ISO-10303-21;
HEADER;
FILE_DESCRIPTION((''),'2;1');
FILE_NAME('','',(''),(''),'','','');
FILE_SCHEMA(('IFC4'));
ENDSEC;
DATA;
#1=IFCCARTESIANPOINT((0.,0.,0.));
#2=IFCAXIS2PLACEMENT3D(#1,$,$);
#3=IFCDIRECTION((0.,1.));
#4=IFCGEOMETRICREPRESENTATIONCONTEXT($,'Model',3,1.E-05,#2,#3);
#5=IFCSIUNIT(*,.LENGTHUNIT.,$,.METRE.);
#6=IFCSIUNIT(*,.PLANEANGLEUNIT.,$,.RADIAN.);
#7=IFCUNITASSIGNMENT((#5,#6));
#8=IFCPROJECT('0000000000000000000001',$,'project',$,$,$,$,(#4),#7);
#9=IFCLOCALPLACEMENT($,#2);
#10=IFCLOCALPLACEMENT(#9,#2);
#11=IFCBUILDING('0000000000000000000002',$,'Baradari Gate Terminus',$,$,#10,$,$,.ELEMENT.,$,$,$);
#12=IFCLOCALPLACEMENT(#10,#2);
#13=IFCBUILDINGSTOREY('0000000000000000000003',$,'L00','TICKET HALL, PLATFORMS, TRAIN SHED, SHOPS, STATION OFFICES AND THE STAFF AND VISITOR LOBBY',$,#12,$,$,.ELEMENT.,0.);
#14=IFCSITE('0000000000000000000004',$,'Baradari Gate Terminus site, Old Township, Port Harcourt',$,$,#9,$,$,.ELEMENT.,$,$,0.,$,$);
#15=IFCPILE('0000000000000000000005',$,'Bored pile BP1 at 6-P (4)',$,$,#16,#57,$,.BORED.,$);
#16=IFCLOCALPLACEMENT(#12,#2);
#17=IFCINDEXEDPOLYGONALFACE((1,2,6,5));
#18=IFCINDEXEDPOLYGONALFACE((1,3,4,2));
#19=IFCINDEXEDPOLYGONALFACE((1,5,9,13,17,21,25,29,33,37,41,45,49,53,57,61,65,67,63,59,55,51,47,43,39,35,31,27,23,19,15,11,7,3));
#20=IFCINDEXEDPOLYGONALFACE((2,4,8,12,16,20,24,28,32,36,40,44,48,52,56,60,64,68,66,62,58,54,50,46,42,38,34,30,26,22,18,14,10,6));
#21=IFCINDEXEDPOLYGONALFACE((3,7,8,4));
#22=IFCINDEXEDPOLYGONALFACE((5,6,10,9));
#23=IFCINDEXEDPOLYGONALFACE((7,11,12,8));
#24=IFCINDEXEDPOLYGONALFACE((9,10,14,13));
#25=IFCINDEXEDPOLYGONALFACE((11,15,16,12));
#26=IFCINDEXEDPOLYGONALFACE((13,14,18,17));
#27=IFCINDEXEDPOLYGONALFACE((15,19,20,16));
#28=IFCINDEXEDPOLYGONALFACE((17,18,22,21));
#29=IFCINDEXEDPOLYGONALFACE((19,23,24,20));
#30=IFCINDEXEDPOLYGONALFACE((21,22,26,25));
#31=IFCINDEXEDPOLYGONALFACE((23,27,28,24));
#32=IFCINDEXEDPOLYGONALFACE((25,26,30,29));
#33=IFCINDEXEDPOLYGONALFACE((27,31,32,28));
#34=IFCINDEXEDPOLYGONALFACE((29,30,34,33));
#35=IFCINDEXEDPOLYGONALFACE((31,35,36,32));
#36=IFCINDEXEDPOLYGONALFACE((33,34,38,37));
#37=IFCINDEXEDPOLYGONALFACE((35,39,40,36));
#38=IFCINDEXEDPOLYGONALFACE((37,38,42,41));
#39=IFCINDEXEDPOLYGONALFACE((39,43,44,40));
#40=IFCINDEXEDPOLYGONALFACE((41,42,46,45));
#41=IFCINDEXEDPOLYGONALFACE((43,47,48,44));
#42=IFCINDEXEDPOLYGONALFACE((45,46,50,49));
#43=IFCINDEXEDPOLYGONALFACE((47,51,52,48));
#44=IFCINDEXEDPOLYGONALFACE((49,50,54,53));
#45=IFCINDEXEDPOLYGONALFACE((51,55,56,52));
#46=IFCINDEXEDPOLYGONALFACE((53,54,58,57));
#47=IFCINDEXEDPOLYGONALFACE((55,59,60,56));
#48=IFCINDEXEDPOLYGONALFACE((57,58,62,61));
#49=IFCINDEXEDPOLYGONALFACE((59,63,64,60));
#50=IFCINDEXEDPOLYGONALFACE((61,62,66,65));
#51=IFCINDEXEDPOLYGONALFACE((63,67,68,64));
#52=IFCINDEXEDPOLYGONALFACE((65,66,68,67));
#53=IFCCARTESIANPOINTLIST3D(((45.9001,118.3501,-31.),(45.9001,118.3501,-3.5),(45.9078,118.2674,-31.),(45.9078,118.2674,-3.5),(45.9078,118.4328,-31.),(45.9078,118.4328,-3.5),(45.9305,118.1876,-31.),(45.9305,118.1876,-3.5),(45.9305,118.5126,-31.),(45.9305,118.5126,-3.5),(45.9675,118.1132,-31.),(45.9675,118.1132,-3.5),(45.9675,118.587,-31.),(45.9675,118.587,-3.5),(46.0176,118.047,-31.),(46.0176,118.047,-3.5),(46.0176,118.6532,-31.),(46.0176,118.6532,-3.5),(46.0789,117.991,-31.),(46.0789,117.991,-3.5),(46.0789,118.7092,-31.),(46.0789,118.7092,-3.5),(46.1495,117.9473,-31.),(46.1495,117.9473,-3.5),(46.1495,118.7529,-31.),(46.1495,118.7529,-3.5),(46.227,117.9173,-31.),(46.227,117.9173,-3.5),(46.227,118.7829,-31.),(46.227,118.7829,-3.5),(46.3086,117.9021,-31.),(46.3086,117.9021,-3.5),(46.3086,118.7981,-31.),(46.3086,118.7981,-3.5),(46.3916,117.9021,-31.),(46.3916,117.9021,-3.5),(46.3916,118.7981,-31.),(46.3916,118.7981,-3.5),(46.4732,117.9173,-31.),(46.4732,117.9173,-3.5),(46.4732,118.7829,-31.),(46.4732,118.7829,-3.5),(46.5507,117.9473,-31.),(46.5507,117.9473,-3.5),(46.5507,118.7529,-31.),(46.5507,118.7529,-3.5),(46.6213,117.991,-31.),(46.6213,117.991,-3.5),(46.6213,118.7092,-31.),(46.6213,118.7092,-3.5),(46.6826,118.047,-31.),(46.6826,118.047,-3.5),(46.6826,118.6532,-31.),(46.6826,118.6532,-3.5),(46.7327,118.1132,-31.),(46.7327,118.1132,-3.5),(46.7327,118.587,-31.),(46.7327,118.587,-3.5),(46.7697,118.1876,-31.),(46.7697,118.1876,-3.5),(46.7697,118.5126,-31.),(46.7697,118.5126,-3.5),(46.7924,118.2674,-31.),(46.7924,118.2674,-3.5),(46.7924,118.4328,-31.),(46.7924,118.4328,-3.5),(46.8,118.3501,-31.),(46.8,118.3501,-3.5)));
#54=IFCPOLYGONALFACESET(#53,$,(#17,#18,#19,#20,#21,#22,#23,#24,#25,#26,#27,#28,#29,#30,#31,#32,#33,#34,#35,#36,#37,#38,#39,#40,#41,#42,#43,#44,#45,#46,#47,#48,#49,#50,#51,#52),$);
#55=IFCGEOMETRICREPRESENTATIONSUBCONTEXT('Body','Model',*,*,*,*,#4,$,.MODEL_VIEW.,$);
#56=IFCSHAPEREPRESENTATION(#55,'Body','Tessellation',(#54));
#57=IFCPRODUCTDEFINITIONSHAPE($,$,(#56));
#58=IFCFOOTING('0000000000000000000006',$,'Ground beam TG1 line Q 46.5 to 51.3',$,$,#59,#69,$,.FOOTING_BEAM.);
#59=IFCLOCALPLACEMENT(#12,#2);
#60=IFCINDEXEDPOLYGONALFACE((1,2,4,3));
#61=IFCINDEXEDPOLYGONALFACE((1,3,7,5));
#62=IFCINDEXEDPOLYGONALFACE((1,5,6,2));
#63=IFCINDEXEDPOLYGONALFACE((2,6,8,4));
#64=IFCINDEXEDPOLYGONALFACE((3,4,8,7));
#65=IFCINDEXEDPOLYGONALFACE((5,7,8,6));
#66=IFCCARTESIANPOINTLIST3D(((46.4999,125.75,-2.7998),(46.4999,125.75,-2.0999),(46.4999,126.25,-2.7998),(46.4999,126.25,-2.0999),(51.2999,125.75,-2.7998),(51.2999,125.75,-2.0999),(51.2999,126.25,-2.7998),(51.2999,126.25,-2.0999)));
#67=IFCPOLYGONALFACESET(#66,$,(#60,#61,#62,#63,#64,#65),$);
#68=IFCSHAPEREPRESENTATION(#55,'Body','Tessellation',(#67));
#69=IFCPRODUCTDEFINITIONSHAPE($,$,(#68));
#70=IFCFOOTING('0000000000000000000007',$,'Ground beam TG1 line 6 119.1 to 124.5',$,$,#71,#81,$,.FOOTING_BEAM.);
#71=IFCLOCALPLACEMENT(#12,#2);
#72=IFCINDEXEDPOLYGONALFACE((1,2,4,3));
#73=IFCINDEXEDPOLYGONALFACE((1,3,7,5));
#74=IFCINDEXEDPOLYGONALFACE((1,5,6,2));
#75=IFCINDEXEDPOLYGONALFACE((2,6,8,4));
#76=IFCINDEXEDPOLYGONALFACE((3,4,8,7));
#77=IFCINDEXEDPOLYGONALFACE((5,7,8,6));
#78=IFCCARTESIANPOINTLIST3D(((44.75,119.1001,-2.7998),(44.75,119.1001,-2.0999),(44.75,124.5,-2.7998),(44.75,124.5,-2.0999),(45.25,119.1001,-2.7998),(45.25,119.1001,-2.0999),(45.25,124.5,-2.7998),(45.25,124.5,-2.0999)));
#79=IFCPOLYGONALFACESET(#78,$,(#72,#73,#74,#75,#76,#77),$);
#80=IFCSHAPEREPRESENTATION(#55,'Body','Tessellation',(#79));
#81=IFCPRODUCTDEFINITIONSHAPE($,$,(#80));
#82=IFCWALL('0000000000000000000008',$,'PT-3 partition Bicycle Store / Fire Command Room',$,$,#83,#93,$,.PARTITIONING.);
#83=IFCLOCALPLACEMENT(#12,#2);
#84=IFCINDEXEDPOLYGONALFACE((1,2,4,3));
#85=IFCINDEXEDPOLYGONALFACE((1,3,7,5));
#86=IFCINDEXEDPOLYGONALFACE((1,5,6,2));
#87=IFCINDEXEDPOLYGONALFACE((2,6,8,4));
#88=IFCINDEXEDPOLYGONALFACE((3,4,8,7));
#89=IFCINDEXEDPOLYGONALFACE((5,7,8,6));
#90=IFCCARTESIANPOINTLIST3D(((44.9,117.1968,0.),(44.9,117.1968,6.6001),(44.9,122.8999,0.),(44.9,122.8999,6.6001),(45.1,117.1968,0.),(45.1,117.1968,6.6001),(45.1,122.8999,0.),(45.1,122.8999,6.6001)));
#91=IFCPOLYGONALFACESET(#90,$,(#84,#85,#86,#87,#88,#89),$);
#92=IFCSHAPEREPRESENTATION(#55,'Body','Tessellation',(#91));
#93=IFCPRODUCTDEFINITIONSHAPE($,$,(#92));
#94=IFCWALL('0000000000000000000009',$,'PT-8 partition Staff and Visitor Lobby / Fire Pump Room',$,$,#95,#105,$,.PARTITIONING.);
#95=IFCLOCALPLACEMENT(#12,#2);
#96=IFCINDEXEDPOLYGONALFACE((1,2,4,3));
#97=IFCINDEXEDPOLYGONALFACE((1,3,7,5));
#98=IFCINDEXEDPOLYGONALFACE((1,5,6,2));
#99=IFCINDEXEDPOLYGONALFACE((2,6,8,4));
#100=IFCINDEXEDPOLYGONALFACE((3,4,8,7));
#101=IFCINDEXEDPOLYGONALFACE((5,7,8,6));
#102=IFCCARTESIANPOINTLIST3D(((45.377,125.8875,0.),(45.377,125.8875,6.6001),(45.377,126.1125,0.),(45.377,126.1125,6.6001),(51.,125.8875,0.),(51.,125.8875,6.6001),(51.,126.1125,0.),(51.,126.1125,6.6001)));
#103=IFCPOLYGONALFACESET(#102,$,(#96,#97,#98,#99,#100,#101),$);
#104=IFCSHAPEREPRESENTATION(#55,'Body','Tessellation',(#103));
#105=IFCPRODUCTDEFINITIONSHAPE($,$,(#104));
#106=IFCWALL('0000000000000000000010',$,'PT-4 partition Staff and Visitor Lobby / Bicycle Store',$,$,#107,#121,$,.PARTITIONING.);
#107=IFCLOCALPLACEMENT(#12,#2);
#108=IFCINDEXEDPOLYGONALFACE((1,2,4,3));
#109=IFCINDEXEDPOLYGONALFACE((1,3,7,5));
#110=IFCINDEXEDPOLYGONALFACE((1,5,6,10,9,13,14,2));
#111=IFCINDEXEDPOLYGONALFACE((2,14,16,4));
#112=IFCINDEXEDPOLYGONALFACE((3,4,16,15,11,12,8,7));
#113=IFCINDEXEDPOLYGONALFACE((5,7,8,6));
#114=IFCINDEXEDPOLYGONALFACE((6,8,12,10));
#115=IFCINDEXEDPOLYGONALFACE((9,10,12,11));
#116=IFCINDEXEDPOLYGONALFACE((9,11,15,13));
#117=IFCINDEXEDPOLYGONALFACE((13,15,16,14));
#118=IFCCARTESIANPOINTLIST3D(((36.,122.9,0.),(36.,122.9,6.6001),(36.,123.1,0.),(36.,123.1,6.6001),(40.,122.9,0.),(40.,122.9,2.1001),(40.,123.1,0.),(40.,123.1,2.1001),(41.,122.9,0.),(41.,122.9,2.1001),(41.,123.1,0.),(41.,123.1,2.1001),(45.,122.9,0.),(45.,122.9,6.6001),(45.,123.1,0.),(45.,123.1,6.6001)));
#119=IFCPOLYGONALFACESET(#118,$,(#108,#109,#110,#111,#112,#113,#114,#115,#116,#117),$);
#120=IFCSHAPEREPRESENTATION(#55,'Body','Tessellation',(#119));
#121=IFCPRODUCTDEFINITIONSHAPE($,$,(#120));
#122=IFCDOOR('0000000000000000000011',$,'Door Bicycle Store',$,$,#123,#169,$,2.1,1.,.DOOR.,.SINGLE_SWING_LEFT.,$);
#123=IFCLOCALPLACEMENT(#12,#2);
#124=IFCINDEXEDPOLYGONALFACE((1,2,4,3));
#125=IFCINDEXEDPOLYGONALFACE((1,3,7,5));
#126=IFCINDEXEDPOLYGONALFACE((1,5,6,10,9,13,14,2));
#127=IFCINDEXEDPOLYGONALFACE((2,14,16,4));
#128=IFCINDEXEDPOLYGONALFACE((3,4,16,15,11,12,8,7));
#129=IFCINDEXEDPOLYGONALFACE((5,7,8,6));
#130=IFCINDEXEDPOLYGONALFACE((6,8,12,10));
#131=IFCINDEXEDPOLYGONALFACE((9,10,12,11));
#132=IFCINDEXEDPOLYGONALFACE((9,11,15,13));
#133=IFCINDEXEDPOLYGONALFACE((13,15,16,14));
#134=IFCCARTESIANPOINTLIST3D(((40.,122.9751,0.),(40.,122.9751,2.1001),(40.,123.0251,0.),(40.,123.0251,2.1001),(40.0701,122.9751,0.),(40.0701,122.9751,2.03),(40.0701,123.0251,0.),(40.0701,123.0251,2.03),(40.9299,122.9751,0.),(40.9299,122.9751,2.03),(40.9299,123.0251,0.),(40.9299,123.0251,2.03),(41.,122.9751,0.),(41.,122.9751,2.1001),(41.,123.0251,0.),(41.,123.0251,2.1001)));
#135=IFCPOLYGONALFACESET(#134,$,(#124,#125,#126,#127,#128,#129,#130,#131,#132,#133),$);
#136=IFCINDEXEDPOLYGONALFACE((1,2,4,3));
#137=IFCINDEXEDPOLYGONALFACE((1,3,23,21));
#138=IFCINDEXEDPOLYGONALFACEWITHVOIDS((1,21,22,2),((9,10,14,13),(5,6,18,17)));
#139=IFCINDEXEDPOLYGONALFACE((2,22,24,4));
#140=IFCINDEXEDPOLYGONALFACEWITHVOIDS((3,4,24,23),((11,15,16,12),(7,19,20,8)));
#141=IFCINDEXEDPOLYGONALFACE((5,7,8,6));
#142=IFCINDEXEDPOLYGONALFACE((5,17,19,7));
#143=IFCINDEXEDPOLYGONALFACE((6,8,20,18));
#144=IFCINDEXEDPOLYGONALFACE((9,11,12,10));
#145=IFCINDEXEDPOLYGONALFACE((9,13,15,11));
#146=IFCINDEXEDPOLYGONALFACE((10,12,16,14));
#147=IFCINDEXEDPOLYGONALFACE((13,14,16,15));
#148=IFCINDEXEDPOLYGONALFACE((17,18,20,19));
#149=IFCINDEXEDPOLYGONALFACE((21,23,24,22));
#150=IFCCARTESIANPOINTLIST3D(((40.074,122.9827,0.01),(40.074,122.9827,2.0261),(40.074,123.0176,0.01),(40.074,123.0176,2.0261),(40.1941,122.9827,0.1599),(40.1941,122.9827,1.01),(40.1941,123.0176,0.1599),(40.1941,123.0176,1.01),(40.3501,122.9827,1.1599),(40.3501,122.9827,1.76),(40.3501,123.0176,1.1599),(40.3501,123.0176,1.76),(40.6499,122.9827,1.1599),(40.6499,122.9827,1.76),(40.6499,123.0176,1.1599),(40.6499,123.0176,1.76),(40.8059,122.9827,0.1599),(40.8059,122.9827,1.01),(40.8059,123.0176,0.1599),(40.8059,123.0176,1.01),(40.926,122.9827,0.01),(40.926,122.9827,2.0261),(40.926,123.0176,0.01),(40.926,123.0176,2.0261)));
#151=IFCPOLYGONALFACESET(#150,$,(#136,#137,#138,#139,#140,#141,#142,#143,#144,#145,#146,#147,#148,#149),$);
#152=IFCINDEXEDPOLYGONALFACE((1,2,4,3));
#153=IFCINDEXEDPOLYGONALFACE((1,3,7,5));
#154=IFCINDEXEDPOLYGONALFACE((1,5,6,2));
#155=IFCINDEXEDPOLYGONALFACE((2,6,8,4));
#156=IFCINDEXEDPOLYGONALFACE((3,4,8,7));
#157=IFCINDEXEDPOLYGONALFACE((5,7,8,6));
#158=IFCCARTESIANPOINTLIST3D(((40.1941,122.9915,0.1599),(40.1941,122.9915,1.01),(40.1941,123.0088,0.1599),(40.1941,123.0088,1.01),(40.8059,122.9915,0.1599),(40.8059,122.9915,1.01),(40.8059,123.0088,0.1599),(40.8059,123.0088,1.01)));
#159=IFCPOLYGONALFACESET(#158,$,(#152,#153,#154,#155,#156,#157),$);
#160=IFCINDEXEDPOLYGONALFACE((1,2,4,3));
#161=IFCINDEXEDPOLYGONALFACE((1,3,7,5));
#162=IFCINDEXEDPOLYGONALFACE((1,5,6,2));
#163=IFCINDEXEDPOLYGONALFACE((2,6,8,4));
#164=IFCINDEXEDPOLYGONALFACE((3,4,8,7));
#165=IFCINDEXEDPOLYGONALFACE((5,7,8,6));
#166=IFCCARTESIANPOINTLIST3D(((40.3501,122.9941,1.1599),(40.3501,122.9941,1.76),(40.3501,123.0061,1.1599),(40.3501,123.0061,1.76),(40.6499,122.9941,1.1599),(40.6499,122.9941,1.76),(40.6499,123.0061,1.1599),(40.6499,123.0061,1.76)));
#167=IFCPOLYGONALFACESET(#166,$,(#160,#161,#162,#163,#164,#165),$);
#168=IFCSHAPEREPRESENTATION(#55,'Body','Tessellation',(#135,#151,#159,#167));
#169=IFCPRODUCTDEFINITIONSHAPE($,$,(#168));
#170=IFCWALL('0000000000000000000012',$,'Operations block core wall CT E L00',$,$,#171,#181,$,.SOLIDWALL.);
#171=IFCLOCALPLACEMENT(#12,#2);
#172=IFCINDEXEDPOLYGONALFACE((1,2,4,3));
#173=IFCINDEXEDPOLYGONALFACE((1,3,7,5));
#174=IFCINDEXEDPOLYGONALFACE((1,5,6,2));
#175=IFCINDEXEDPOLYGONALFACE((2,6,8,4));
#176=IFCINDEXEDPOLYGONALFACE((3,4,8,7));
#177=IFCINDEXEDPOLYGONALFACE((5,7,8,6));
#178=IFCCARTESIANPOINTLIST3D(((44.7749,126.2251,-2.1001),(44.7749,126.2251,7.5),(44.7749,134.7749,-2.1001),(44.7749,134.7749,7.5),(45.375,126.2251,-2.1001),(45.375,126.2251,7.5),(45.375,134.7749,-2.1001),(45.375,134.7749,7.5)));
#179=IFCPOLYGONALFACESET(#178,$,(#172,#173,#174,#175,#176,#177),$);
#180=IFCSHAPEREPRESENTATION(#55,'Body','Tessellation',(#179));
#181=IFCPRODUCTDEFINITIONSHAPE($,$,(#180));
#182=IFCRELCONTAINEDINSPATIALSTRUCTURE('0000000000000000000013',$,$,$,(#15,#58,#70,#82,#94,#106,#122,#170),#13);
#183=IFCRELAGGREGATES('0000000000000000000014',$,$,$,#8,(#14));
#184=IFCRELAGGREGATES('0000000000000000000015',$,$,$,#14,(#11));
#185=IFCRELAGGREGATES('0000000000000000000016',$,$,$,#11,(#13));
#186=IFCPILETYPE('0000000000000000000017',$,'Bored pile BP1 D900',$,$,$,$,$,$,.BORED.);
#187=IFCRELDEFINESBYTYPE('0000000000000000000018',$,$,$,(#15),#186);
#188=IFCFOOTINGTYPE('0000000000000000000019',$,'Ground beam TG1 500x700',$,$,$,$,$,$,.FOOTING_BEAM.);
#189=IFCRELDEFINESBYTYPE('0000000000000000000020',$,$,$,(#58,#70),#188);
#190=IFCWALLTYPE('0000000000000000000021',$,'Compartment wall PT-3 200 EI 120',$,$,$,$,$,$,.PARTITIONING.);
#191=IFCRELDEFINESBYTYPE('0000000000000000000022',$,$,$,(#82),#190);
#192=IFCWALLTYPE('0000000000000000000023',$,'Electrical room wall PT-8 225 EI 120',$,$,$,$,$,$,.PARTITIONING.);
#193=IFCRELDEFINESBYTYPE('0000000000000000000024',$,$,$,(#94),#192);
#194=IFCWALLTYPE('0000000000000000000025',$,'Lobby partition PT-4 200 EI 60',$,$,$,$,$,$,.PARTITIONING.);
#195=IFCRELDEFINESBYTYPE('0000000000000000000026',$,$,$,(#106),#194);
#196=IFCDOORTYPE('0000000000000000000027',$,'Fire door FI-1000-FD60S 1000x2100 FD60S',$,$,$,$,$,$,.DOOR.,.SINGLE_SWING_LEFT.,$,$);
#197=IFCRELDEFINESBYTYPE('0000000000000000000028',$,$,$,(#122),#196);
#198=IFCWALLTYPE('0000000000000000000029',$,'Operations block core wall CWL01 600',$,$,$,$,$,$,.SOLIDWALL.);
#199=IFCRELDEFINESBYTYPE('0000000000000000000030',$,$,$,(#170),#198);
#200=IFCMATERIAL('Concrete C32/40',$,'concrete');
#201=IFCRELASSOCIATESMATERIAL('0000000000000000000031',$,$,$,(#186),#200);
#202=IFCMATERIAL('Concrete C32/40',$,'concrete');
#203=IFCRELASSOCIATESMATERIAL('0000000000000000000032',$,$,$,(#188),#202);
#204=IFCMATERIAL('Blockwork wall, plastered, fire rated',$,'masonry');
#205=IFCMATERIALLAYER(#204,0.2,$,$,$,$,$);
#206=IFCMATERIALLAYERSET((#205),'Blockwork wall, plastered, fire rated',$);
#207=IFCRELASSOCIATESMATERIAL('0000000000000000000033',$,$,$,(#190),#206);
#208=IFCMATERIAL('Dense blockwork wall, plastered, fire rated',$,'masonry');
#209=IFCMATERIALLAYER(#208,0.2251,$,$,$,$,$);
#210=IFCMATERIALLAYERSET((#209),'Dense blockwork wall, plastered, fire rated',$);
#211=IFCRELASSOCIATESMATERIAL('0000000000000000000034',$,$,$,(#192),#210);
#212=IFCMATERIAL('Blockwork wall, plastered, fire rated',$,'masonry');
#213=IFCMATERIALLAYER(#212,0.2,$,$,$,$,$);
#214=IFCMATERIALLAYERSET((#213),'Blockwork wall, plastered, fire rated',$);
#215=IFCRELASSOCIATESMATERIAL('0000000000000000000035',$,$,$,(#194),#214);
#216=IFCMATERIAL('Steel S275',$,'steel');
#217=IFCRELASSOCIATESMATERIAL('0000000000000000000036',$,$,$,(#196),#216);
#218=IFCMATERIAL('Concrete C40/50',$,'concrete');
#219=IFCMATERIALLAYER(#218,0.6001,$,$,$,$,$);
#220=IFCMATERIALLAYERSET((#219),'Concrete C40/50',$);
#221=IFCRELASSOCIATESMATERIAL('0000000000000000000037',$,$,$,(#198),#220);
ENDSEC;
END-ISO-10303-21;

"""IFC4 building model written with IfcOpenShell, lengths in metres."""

from ifc_helpers import new_model, si_unit, direction, frame, frame_2d, origin, origin_2d, place, context, subcontext, project, spatial, polyline, rectangle, circle, outline, extrude, material, layer, layer_set, type_object, element, fill, save


model = new_model("IFC4")

# Units and contexts
model_context = context("Model", 3, precision=1e-05, world=origin(), true_north=direction((0.0, 1.0)))
body_context = subcontext(model_context, "Body", "Model", "MODEL_VIEW")
ifc_project = project(units=[si_unit("LENGTHUNIT", "METRE"), si_unit("PLANEANGLEUNIT", "RADIAN")], contexts=[model_context])

# Site, building, storey
site_placement = place(None, origin())
site = spatial("IfcSite", under=ifc_project, at=site_placement, Name="Baradari Gate Terminus site, Old Township, Port Harcourt", CompositionType="ELEMENT", RefElevation=0.0)
building_placement = place(site_placement, origin())
building = spatial("IfcBuilding", under=site, at=building_placement, Name="Baradari Gate Terminus", CompositionType="ELEMENT")
storey_placement = place(building_placement, origin())
storey = spatial("IfcBuildingStorey", under=building, at=storey_placement, Name="L00", Description="TICKET HALL, PLATFORMS, TRAIN SHED, SHOPS, STATION OFFICES AND THE STAFF AND VISITOR LOBBY", CompositionType="ELEMENT", Elevation=0.0)

# Pile
ifc_material_1 = material(Name="Concrete C32/40", Category="concrete")
pile_type = type_object("IfcPileType", Name="Bored pile BP1 D900", PredefinedType="BORED", material=ifc_material_1)
for number, where, z_axis, x_axis, name in (
    (1, (46.3501, 118.3501, -3.5), (0.0, 0.0, -1.0), (1.0, 0.0, 0.0), "Bored pile BP1 at 6-P (4)"),
):
    element("IfcPile", number, at=place(storey_placement, frame(where, z_axis=z_axis, x_axis=x_axis)), inside=storey, type_object=pile_type, Name=name, PredefinedType="BORED", context=body_context, shape_type="SweptSolid", body=[
        extrude(circle(Radius=0.45, at=origin_2d()), origin(), (0.0, 0.0, 1.0), 27.5),
    ])

# Footings
ifc_material_2 = material(Name="Concrete C32/40", Category="concrete")
footing_type = type_object("IfcFootingType", Name="Ground beam TG1 500x700", PredefinedType="FOOTING_BEAM", material=ifc_material_2)
footing_1_placement = place(storey_placement, frame((48.8999, 126.0, -2.7998), z_axis=(0.0, 0.0, 1.0), x_axis=(1.0, 0.0, 0.0)))
element("IfcFooting", 2, at=footing_1_placement, inside=storey, type_object=footing_type, Name="Ground beam TG1 line Q 46.5 to 51.3", PredefinedType="FOOTING_BEAM", context=body_context, shape_type="SweptSolid", body=[
    extrude(rectangle(XDim=4.8, YDim=0.5, at=origin_2d()), origin(), (0.0, 0.0, 1.0), 0.7),
])
footing_2_placement = place(storey_placement, frame((45.0, 121.8, -2.7998), z_axis=(0.0, 0.0, 1.0), x_axis=(1.0, 0.0, 0.0)))
element("IfcFooting", 3, at=footing_2_placement, inside=storey, type_object=footing_type, Name="Ground beam TG1 line 6 119.1 to 124.5", PredefinedType="FOOTING_BEAM", context=body_context, shape_type="SweptSolid", body=[
    extrude(rectangle(XDim=0.5, YDim=5.3999, at=origin_2d()), origin(), (0.0, 0.0, 1.0), 0.7),
])

# Walls
ifc_material_3 = material(Name="Blockwork wall, plastered, fire rated", Category="masonry")
ifc_layer_1 = layer(ifc_material_3, 0.2)
ifc_layer_set_1 = layer_set([ifc_layer_1], Name="Blockwork wall, plastered, fire rated")
wall_type_1 = type_object("IfcWallType", Name="Compartment wall PT-3 200 EI 120", PredefinedType="PARTITIONING", material=ifc_layer_set_1)
wall_1_placement = place(storey_placement, frame((45.0, 122.8999, 0.0), z_axis=(0.0, 0.0, 1.0), x_axis=(0.0, -1.0, 0.0)))
element("IfcWall", 4, at=wall_1_placement, inside=storey, type_object=wall_type_1, Name="PT-3 partition Bicycle Store / Fire Command Room", PredefinedType="PARTITIONING", context=body_context, shape_type="SweptSolid", body=[
    extrude(rectangle(XDim=5.7031, YDim=0.2, at=frame_2d((2.8516, 0.0))), origin(), (0.0, 0.0, 1.0), 6.6001),
])
ifc_material_4 = material(Name="Dense blockwork wall, plastered, fire rated", Category="masonry")
ifc_layer_2 = layer(ifc_material_4, 0.2251)
ifc_layer_set_2 = layer_set([ifc_layer_2], Name="Dense blockwork wall, plastered, fire rated")
wall_type_2 = type_object("IfcWallType", Name="Electrical room wall PT-8 225 EI 120", PredefinedType="PARTITIONING", material=ifc_layer_set_2)
wall_2_placement = place(storey_placement, frame((45.377, 126.0, 0.0), z_axis=(0.0, 0.0, 1.0), x_axis=(1.0, 0.0, 0.0)))
element("IfcWall", 5, at=wall_2_placement, inside=storey, type_object=wall_type_2, Name="PT-8 partition Staff and Visitor Lobby / Fire Pump Room", PredefinedType="PARTITIONING", context=body_context, shape_type="SweptSolid", body=[
    extrude(rectangle(XDim=5.623, YDim=0.2251, at=frame_2d((2.8115, 0.0))), origin(), (0.0, 0.0, 1.0), 6.6001),
])

# Wall, opening, door
ifc_material_5 = material(Name="Blockwork wall, plastered, fire rated", Category="masonry")
ifc_layer_3 = layer(ifc_material_5, 0.2)
ifc_layer_set_3 = layer_set([ifc_layer_3], Name="Blockwork wall, plastered, fire rated")
wall_type_3 = type_object("IfcWallType", Name="Lobby partition PT-4 200 EI 60", PredefinedType="PARTITIONING", material=ifc_layer_set_3)
wall_3_placement = place(storey_placement, frame((45.0, 123.0, 0.0), z_axis=(0.0, 0.0, 1.0), x_axis=(-1.0, 0.0, 0.0)))
wall_3 = element("IfcWall", 6, at=wall_3_placement, inside=storey, type_object=wall_type_3, Name="PT-4 partition Staff and Visitor Lobby / Bicycle Store", PredefinedType="PARTITIONING", context=body_context, shape_type="SweptSolid", body=[
    extrude(rectangle(XDim=9.0, YDim=0.2, at=frame_2d((4.5, 0.0))), origin(), (0.0, 0.0, 1.0), 6.6001),
])
opening_placement = place(wall_3_placement, frame((4.0, 0.0, 0.0)))
opening = element("IfcOpeningElement", 7, at=opening_placement, cuts=wall_3, PredefinedType="OPENING", context=body_context, shape_type="SweptSolid", body=[
    extrude(rectangle(XDim=1.0, YDim=2.1001, at=frame_2d((0.5, 1.05))), frame((0.0, 0.1099, 0.0), z_axis=(0.0, -1.0, 0.0), x_axis=(1.0, 0.0, 0.0)), (0.0, 0.0, 1.0), 0.22),
])
ifc_material_6 = material(Name="Steel S275", Category="steel")
door_type = type_object("IfcDoorType", Name="Fire door FI-1000-FD60S 1000x2100 FD60S", OperationType="SINGLE_SWING_LEFT", PredefinedType="DOOR", material=ifc_material_6)
door_placement = place(opening_placement, origin())
door = element("IfcDoor", 8, at=door_placement, inside=storey, type_object=door_type, Name="Door Bicycle Store", OperationType="SINGLE_SWING_LEFT", OverallHeight=2.1, OverallWidth=1.0, PredefinedType="DOOR", context=body_context, shape_type="SweptSolid", body=[
    extrude(outline(polyline([(0.0, 0.0), (0.0701, 0.0), (0.0701, 2.03), (0.9299, 2.03), (0.9299, 0.0), (1.0, 0.0), (1.0, 2.1001), (0.0, 2.1001), (0.0, 0.0)])), frame((0.0, 0.0249, 0.0), z_axis=(0.0, -1.0, 0.0), x_axis=(1.0, 0.0, 0.0)), (0.0, 0.0, 1.0), 0.05),
    extrude(outline(polyline([(0.074, 0.01), (0.926, 0.01), (0.926, 2.0261), (0.074, 2.0261), (0.074, 0.01)]), holes=[polyline([(0.1941, 0.1599), (0.8059, 0.1599), (0.8059, 1.01), (0.1941, 1.01), (0.1941, 0.1599)]), polyline([(0.3501, 1.1599), (0.6499, 1.1599), (0.6499, 1.76), (0.3501, 1.76), (0.3501, 1.1599)])]), frame((0.0, 0.0173, 0.0), z_axis=(0.0, -1.0, 0.0), x_axis=(1.0, 0.0, 0.0)), (0.0, 0.0, 1.0), 0.0349),
    extrude(rectangle(XDim=0.6118, YDim=0.8501, at=frame_2d((0.5, 0.585))), frame((0.0, 0.0085, 0.0), z_axis=(0.0, -1.0, 0.0), x_axis=(1.0, 0.0, 0.0)), (0.0, 0.0, 1.0), 0.0173),
    extrude(rectangle(XDim=0.2998, YDim=0.6001, at=frame_2d((0.5, 1.46))), frame((0.0, 0.0059, 0.0), z_axis=(0.0, -1.0, 0.0), x_axis=(1.0, 0.0, 0.0)), (0.0, 0.0, 1.0), 0.012),
])
fill(opening, door)

# Wall
ifc_material_7 = material(Name="Concrete C40/50", Category="concrete")
ifc_layer_4 = layer(ifc_material_7, 0.6001)
ifc_layer_set_4 = layer_set([ifc_layer_4], Name="Concrete C40/50")
wall_type_4 = type_object("IfcWallType", Name="Operations block core wall CWL01 600", PredefinedType="SOLIDWALL", material=ifc_layer_set_4)
wall_4_placement = place(storey_placement, frame((45.075, 126.2251, -2.1001), z_axis=(0.0, 0.0, 1.0), x_axis=(0.0, 1.0, 0.0)))
element("IfcWall", 9, at=wall_4_placement, inside=storey, type_object=wall_type_4, Name="Operations block core wall CT E L00", PredefinedType="SOLIDWALL", context=body_context, shape_type="SweptSolid", body=[
    extrude(rectangle(XDim=8.5498, YDim=0.6001, at=frame_2d((4.2749, 0.0))), origin(), (0.0, 0.0, 1.0), 9.6001),
])

save(model, "model.ifc")
